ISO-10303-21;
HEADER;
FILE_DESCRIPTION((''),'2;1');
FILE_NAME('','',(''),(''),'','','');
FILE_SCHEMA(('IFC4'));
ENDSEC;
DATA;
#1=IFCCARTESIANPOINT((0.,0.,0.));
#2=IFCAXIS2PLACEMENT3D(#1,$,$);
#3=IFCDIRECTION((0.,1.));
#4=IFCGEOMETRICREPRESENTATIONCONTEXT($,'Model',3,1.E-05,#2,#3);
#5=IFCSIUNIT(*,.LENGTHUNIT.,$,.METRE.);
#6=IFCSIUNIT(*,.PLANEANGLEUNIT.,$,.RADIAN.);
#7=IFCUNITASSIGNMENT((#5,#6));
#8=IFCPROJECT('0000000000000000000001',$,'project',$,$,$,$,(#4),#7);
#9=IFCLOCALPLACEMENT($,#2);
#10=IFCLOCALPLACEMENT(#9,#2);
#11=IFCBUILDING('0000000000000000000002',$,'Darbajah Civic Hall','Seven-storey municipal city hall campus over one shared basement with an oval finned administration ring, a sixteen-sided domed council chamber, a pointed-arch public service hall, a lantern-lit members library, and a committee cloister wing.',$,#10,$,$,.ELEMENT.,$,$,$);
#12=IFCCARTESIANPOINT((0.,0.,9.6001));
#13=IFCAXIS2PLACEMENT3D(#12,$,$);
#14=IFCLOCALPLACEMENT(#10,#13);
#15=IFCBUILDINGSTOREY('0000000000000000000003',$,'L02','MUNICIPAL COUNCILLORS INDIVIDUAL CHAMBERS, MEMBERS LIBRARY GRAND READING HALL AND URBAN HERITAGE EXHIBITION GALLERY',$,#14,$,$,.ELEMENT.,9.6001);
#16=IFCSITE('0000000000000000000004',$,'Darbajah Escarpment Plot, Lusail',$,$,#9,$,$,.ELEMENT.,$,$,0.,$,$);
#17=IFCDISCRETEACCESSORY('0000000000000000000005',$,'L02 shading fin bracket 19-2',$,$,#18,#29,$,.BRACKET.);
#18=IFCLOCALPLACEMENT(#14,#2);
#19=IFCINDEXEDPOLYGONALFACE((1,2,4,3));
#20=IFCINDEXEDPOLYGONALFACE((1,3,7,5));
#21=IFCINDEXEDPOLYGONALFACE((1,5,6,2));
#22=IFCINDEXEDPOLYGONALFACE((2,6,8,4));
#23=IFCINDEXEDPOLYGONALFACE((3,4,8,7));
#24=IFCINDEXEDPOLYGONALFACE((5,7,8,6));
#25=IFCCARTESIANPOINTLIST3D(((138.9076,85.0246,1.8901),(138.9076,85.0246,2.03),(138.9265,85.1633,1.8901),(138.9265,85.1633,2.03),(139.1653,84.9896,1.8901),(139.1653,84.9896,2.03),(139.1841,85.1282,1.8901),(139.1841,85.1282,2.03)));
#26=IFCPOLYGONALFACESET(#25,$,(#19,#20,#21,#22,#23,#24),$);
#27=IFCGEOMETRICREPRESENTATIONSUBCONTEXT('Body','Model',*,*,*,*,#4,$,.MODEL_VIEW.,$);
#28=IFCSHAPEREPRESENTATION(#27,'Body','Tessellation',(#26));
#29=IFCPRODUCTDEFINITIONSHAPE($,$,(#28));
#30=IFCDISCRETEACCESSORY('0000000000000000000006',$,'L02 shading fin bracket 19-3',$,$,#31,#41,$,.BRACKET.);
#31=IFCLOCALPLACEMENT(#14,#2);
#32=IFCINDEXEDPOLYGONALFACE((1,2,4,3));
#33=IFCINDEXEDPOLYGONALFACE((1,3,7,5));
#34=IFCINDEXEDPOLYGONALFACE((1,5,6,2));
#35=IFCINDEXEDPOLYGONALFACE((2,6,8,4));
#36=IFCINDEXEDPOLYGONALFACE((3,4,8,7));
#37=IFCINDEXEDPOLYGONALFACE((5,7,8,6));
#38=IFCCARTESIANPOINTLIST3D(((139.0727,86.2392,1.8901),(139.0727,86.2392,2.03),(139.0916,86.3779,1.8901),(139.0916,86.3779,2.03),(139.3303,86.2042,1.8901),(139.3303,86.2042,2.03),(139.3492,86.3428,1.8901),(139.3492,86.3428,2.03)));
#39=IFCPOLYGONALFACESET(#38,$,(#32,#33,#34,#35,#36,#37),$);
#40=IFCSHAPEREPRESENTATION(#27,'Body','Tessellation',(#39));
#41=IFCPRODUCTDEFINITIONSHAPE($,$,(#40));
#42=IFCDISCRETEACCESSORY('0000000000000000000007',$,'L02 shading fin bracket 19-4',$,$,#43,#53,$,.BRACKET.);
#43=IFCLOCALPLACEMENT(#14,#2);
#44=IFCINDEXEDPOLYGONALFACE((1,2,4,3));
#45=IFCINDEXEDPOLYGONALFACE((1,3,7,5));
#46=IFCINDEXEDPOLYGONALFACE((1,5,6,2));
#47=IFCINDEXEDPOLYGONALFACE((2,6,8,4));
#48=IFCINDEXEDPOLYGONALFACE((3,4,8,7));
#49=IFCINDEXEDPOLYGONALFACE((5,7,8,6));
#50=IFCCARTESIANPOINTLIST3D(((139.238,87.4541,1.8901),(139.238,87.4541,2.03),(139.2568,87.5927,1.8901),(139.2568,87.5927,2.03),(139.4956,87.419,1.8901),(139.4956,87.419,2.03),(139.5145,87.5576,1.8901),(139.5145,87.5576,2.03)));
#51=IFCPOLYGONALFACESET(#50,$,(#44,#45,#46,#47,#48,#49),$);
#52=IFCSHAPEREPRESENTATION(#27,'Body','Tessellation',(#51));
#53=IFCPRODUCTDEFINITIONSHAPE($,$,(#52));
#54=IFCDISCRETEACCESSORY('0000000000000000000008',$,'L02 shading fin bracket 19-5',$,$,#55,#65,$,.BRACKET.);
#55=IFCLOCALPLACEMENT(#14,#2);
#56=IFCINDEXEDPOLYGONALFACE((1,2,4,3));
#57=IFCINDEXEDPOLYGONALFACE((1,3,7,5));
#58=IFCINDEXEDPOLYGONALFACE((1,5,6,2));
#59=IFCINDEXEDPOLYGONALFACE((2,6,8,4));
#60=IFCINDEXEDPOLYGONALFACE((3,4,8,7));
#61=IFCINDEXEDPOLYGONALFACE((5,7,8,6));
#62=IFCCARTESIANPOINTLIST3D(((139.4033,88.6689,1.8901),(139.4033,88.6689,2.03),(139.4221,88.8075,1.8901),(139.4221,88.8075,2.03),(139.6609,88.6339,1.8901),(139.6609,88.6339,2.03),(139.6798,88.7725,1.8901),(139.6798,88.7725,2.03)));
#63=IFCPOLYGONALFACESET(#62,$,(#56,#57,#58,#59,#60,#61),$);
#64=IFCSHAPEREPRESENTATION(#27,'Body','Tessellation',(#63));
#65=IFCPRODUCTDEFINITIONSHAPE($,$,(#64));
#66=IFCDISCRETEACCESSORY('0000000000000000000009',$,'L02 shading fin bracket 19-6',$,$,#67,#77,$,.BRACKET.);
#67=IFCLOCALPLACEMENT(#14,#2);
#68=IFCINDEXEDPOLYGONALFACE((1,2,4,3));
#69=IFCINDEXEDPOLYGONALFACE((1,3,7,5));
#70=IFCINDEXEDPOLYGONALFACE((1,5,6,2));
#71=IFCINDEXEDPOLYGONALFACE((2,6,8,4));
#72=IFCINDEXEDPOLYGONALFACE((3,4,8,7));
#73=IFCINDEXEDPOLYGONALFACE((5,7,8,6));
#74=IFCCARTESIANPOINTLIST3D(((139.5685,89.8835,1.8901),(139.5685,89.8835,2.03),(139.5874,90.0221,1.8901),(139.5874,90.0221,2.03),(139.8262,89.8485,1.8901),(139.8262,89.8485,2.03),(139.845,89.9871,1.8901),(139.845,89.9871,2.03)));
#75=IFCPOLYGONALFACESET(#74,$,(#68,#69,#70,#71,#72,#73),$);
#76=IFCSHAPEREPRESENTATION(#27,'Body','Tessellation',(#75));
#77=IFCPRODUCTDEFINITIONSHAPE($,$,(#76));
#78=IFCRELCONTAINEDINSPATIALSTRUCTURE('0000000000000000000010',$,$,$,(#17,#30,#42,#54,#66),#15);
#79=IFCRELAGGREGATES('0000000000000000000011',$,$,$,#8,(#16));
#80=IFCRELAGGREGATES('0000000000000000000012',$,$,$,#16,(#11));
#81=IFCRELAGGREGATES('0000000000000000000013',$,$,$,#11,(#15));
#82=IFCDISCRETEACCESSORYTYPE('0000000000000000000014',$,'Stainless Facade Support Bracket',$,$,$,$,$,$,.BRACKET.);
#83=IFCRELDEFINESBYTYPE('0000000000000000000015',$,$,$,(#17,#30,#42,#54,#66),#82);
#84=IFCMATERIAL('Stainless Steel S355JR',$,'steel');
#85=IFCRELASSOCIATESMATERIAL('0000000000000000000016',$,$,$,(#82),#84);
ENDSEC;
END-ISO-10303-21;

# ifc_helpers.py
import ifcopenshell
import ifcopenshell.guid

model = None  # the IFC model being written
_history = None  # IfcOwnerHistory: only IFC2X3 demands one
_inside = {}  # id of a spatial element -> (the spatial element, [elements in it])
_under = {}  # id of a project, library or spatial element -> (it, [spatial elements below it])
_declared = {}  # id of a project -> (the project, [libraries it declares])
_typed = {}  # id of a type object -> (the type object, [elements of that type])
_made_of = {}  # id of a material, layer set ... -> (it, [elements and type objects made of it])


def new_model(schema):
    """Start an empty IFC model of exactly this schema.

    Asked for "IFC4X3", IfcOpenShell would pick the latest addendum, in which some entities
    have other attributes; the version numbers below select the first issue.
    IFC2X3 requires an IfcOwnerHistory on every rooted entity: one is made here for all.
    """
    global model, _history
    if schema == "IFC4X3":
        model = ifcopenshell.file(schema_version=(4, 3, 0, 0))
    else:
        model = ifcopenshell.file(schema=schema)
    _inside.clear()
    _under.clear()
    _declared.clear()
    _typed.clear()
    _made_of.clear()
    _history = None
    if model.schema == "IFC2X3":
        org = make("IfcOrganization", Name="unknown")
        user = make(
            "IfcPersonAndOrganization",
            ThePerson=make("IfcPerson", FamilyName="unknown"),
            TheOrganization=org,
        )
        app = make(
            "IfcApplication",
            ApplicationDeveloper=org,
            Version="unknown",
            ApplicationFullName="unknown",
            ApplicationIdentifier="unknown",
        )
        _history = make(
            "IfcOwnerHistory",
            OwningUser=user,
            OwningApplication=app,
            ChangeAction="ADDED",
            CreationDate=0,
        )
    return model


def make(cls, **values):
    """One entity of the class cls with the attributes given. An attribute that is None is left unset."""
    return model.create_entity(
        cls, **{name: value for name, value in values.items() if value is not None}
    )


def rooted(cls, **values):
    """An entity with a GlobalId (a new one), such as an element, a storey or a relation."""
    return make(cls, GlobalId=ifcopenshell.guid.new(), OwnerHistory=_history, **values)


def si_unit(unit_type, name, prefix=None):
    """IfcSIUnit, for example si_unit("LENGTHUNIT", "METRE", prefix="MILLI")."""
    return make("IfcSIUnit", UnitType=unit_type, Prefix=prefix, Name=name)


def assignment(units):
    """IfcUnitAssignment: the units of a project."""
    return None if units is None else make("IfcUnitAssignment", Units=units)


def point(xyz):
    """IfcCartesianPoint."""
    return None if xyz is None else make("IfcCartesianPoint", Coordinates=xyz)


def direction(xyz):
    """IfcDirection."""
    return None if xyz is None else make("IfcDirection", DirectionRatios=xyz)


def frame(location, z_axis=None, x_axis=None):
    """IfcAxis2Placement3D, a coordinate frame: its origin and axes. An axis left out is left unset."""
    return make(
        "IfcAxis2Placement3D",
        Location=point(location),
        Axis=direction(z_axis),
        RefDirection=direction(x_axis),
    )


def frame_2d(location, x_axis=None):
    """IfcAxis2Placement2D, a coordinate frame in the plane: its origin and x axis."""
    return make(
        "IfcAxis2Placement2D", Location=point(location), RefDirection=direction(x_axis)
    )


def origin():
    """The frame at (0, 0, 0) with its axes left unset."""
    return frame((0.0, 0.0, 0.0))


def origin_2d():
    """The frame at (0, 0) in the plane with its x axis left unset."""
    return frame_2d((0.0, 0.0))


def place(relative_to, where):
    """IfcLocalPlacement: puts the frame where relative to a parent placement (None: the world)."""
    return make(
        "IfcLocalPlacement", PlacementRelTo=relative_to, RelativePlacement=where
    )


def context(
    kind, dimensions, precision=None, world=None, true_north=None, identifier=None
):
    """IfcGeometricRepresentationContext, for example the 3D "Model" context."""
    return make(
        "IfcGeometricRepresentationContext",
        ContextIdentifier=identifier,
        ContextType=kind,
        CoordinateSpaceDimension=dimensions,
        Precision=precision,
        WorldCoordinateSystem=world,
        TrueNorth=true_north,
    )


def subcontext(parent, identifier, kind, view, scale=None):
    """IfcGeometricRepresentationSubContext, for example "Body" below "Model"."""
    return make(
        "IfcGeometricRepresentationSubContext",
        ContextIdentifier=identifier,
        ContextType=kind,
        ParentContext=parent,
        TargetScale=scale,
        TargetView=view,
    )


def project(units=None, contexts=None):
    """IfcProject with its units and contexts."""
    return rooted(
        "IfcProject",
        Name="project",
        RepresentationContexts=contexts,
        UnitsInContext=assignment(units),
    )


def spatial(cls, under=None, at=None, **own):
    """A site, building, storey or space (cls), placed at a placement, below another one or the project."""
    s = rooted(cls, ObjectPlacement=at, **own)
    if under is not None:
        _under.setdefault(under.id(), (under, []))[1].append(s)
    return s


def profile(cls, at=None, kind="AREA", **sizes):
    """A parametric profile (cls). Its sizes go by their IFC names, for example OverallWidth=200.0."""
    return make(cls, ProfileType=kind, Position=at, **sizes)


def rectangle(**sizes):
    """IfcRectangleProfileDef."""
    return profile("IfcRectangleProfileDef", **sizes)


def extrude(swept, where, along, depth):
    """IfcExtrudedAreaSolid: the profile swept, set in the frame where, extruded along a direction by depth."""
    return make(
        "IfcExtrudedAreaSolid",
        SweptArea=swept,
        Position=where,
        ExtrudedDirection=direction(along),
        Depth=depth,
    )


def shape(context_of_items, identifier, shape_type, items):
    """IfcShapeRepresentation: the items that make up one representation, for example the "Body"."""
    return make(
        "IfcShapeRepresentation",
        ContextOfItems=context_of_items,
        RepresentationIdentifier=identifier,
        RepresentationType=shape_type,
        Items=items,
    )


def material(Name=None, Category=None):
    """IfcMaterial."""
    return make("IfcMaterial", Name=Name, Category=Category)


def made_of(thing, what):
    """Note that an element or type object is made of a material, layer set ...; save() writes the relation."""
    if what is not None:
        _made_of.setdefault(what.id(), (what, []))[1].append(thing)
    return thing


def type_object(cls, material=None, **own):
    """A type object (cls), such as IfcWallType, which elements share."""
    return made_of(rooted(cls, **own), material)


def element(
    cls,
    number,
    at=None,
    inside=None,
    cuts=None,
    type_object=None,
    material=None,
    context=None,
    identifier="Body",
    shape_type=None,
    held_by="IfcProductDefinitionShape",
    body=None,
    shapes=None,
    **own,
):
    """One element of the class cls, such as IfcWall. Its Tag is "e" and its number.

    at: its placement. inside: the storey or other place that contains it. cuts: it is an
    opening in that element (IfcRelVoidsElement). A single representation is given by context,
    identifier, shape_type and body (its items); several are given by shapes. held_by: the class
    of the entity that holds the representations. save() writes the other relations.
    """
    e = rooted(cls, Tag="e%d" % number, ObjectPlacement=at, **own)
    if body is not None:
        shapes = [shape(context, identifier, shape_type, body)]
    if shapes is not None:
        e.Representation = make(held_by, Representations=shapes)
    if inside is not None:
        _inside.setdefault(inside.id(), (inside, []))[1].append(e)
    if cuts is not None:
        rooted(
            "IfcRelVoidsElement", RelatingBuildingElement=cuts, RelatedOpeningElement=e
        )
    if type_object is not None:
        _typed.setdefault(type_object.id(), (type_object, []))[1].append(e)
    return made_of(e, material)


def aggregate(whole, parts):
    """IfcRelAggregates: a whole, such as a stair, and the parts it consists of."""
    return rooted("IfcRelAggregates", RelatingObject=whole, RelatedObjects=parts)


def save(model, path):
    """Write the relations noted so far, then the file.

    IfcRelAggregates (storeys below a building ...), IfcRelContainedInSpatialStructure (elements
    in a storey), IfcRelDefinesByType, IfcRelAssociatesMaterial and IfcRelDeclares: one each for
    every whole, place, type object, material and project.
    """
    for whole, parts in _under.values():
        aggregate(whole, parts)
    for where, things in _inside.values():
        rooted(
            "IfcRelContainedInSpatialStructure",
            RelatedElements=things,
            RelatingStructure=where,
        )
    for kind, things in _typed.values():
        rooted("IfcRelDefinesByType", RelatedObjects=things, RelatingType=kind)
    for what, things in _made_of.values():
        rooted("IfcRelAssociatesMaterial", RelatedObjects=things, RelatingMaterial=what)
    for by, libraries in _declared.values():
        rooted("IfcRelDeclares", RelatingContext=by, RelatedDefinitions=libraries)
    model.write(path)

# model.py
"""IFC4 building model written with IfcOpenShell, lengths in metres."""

from ifc_helpers import new_model, si_unit, direction, frame, origin, origin_2d, place, context, subcontext, project, spatial, rectangle, extrude, material, type_object, element, save


model = new_model("IFC4")

# Units and contexts
model_context = context("Model", 3, precision=1e-05, world=origin(), true_north=direction((0.0, 1.0)))
body_context = subcontext(model_context, "Body", "Model", "MODEL_VIEW")
ifc_project = project(units=[si_unit("LENGTHUNIT", "METRE"), si_unit("PLANEANGLEUNIT", "RADIAN")], contexts=[model_context])

# Site, building, storey
site_placement = place(None, origin())
site = spatial("IfcSite", under=ifc_project, at=site_placement, Name="Darbajah Escarpment Plot, Lusail", CompositionType="ELEMENT", RefElevation=0.0)
building_placement = place(site_placement, origin())
building = spatial("IfcBuilding", under=site, at=building_placement, Name="Darbajah Civic Hall", Description="Seven-storey municipal city hall campus over one shared basement with an oval finned administration ring, a sixteen-sided domed council chamber, a pointed-arch public service hall, a lantern-lit members library, and a committee cloister wing.", CompositionType="ELEMENT")
storey_placement = place(building_placement, frame((0.0, 0.0, 9.6001)))
storey = spatial("IfcBuildingStorey", under=building, at=storey_placement, Name="L02", Description="MUNICIPAL COUNCILLORS INDIVIDUAL CHAMBERS, MEMBERS LIBRARY GRAND READING HALL AND URBAN HERITAGE EXHIBITION GALLERY", CompositionType="ELEMENT", Elevation=9.6001)

# Discrete accessories
ifc_material_1 = material(Name="Stainless Steel S355JR", Category="steel")
discrete_accessory_type = type_object("IfcDiscreteAccessoryType", Name="Stainless Facade Support Bracket", PredefinedType="BRACKET", material=ifc_material_1)
for number, where, z_axis, x_axis, name in (
    (1, (139.0459, 85.0764, 1.8901), (0.0, 0.0, 1.0), (0.990866, -0.134851, 0.0), "L02 shading fin bracket 19-2"),
    (2, (139.2109, 86.291, 1.8901), (0.0, 0.0, 1.0), (0.990866, -0.134851, 0.0), "L02 shading fin bracket 19-3"),
    (3, (139.3762, 87.5059, 1.8901), (0.0, 0.0, 1.0), (0.990866, -0.134851, 0.0), "L02 shading fin bracket 19-4"),
    (4, (139.5415, 88.7207, 1.8901), (0.0, 0.0, 1.0), (0.990866, -0.134851, 0.0), "L02 shading fin bracket 19-5"),
    (5, (139.7068, 89.9353, 1.8901), (0.0, 0.0, 1.0), (0.990866, -0.134851, 0.0), "L02 shading fin bracket 19-6"),
):
    element("IfcDiscreteAccessory", number, at=place(storey_placement, frame(where, z_axis=z_axis, x_axis=x_axis)), inside=storey, type_object=discrete_accessory_type, Name=name, PredefinedType="BRACKET", context=body_context, shape_type="SweptSolid", body=[
        extrude(rectangle(XDim=0.26, YDim=0.1399, at=origin_2d()), origin(), (0.0, 0.0, 1.0), 0.1399),
    ])

save(model, "model.ifc")
